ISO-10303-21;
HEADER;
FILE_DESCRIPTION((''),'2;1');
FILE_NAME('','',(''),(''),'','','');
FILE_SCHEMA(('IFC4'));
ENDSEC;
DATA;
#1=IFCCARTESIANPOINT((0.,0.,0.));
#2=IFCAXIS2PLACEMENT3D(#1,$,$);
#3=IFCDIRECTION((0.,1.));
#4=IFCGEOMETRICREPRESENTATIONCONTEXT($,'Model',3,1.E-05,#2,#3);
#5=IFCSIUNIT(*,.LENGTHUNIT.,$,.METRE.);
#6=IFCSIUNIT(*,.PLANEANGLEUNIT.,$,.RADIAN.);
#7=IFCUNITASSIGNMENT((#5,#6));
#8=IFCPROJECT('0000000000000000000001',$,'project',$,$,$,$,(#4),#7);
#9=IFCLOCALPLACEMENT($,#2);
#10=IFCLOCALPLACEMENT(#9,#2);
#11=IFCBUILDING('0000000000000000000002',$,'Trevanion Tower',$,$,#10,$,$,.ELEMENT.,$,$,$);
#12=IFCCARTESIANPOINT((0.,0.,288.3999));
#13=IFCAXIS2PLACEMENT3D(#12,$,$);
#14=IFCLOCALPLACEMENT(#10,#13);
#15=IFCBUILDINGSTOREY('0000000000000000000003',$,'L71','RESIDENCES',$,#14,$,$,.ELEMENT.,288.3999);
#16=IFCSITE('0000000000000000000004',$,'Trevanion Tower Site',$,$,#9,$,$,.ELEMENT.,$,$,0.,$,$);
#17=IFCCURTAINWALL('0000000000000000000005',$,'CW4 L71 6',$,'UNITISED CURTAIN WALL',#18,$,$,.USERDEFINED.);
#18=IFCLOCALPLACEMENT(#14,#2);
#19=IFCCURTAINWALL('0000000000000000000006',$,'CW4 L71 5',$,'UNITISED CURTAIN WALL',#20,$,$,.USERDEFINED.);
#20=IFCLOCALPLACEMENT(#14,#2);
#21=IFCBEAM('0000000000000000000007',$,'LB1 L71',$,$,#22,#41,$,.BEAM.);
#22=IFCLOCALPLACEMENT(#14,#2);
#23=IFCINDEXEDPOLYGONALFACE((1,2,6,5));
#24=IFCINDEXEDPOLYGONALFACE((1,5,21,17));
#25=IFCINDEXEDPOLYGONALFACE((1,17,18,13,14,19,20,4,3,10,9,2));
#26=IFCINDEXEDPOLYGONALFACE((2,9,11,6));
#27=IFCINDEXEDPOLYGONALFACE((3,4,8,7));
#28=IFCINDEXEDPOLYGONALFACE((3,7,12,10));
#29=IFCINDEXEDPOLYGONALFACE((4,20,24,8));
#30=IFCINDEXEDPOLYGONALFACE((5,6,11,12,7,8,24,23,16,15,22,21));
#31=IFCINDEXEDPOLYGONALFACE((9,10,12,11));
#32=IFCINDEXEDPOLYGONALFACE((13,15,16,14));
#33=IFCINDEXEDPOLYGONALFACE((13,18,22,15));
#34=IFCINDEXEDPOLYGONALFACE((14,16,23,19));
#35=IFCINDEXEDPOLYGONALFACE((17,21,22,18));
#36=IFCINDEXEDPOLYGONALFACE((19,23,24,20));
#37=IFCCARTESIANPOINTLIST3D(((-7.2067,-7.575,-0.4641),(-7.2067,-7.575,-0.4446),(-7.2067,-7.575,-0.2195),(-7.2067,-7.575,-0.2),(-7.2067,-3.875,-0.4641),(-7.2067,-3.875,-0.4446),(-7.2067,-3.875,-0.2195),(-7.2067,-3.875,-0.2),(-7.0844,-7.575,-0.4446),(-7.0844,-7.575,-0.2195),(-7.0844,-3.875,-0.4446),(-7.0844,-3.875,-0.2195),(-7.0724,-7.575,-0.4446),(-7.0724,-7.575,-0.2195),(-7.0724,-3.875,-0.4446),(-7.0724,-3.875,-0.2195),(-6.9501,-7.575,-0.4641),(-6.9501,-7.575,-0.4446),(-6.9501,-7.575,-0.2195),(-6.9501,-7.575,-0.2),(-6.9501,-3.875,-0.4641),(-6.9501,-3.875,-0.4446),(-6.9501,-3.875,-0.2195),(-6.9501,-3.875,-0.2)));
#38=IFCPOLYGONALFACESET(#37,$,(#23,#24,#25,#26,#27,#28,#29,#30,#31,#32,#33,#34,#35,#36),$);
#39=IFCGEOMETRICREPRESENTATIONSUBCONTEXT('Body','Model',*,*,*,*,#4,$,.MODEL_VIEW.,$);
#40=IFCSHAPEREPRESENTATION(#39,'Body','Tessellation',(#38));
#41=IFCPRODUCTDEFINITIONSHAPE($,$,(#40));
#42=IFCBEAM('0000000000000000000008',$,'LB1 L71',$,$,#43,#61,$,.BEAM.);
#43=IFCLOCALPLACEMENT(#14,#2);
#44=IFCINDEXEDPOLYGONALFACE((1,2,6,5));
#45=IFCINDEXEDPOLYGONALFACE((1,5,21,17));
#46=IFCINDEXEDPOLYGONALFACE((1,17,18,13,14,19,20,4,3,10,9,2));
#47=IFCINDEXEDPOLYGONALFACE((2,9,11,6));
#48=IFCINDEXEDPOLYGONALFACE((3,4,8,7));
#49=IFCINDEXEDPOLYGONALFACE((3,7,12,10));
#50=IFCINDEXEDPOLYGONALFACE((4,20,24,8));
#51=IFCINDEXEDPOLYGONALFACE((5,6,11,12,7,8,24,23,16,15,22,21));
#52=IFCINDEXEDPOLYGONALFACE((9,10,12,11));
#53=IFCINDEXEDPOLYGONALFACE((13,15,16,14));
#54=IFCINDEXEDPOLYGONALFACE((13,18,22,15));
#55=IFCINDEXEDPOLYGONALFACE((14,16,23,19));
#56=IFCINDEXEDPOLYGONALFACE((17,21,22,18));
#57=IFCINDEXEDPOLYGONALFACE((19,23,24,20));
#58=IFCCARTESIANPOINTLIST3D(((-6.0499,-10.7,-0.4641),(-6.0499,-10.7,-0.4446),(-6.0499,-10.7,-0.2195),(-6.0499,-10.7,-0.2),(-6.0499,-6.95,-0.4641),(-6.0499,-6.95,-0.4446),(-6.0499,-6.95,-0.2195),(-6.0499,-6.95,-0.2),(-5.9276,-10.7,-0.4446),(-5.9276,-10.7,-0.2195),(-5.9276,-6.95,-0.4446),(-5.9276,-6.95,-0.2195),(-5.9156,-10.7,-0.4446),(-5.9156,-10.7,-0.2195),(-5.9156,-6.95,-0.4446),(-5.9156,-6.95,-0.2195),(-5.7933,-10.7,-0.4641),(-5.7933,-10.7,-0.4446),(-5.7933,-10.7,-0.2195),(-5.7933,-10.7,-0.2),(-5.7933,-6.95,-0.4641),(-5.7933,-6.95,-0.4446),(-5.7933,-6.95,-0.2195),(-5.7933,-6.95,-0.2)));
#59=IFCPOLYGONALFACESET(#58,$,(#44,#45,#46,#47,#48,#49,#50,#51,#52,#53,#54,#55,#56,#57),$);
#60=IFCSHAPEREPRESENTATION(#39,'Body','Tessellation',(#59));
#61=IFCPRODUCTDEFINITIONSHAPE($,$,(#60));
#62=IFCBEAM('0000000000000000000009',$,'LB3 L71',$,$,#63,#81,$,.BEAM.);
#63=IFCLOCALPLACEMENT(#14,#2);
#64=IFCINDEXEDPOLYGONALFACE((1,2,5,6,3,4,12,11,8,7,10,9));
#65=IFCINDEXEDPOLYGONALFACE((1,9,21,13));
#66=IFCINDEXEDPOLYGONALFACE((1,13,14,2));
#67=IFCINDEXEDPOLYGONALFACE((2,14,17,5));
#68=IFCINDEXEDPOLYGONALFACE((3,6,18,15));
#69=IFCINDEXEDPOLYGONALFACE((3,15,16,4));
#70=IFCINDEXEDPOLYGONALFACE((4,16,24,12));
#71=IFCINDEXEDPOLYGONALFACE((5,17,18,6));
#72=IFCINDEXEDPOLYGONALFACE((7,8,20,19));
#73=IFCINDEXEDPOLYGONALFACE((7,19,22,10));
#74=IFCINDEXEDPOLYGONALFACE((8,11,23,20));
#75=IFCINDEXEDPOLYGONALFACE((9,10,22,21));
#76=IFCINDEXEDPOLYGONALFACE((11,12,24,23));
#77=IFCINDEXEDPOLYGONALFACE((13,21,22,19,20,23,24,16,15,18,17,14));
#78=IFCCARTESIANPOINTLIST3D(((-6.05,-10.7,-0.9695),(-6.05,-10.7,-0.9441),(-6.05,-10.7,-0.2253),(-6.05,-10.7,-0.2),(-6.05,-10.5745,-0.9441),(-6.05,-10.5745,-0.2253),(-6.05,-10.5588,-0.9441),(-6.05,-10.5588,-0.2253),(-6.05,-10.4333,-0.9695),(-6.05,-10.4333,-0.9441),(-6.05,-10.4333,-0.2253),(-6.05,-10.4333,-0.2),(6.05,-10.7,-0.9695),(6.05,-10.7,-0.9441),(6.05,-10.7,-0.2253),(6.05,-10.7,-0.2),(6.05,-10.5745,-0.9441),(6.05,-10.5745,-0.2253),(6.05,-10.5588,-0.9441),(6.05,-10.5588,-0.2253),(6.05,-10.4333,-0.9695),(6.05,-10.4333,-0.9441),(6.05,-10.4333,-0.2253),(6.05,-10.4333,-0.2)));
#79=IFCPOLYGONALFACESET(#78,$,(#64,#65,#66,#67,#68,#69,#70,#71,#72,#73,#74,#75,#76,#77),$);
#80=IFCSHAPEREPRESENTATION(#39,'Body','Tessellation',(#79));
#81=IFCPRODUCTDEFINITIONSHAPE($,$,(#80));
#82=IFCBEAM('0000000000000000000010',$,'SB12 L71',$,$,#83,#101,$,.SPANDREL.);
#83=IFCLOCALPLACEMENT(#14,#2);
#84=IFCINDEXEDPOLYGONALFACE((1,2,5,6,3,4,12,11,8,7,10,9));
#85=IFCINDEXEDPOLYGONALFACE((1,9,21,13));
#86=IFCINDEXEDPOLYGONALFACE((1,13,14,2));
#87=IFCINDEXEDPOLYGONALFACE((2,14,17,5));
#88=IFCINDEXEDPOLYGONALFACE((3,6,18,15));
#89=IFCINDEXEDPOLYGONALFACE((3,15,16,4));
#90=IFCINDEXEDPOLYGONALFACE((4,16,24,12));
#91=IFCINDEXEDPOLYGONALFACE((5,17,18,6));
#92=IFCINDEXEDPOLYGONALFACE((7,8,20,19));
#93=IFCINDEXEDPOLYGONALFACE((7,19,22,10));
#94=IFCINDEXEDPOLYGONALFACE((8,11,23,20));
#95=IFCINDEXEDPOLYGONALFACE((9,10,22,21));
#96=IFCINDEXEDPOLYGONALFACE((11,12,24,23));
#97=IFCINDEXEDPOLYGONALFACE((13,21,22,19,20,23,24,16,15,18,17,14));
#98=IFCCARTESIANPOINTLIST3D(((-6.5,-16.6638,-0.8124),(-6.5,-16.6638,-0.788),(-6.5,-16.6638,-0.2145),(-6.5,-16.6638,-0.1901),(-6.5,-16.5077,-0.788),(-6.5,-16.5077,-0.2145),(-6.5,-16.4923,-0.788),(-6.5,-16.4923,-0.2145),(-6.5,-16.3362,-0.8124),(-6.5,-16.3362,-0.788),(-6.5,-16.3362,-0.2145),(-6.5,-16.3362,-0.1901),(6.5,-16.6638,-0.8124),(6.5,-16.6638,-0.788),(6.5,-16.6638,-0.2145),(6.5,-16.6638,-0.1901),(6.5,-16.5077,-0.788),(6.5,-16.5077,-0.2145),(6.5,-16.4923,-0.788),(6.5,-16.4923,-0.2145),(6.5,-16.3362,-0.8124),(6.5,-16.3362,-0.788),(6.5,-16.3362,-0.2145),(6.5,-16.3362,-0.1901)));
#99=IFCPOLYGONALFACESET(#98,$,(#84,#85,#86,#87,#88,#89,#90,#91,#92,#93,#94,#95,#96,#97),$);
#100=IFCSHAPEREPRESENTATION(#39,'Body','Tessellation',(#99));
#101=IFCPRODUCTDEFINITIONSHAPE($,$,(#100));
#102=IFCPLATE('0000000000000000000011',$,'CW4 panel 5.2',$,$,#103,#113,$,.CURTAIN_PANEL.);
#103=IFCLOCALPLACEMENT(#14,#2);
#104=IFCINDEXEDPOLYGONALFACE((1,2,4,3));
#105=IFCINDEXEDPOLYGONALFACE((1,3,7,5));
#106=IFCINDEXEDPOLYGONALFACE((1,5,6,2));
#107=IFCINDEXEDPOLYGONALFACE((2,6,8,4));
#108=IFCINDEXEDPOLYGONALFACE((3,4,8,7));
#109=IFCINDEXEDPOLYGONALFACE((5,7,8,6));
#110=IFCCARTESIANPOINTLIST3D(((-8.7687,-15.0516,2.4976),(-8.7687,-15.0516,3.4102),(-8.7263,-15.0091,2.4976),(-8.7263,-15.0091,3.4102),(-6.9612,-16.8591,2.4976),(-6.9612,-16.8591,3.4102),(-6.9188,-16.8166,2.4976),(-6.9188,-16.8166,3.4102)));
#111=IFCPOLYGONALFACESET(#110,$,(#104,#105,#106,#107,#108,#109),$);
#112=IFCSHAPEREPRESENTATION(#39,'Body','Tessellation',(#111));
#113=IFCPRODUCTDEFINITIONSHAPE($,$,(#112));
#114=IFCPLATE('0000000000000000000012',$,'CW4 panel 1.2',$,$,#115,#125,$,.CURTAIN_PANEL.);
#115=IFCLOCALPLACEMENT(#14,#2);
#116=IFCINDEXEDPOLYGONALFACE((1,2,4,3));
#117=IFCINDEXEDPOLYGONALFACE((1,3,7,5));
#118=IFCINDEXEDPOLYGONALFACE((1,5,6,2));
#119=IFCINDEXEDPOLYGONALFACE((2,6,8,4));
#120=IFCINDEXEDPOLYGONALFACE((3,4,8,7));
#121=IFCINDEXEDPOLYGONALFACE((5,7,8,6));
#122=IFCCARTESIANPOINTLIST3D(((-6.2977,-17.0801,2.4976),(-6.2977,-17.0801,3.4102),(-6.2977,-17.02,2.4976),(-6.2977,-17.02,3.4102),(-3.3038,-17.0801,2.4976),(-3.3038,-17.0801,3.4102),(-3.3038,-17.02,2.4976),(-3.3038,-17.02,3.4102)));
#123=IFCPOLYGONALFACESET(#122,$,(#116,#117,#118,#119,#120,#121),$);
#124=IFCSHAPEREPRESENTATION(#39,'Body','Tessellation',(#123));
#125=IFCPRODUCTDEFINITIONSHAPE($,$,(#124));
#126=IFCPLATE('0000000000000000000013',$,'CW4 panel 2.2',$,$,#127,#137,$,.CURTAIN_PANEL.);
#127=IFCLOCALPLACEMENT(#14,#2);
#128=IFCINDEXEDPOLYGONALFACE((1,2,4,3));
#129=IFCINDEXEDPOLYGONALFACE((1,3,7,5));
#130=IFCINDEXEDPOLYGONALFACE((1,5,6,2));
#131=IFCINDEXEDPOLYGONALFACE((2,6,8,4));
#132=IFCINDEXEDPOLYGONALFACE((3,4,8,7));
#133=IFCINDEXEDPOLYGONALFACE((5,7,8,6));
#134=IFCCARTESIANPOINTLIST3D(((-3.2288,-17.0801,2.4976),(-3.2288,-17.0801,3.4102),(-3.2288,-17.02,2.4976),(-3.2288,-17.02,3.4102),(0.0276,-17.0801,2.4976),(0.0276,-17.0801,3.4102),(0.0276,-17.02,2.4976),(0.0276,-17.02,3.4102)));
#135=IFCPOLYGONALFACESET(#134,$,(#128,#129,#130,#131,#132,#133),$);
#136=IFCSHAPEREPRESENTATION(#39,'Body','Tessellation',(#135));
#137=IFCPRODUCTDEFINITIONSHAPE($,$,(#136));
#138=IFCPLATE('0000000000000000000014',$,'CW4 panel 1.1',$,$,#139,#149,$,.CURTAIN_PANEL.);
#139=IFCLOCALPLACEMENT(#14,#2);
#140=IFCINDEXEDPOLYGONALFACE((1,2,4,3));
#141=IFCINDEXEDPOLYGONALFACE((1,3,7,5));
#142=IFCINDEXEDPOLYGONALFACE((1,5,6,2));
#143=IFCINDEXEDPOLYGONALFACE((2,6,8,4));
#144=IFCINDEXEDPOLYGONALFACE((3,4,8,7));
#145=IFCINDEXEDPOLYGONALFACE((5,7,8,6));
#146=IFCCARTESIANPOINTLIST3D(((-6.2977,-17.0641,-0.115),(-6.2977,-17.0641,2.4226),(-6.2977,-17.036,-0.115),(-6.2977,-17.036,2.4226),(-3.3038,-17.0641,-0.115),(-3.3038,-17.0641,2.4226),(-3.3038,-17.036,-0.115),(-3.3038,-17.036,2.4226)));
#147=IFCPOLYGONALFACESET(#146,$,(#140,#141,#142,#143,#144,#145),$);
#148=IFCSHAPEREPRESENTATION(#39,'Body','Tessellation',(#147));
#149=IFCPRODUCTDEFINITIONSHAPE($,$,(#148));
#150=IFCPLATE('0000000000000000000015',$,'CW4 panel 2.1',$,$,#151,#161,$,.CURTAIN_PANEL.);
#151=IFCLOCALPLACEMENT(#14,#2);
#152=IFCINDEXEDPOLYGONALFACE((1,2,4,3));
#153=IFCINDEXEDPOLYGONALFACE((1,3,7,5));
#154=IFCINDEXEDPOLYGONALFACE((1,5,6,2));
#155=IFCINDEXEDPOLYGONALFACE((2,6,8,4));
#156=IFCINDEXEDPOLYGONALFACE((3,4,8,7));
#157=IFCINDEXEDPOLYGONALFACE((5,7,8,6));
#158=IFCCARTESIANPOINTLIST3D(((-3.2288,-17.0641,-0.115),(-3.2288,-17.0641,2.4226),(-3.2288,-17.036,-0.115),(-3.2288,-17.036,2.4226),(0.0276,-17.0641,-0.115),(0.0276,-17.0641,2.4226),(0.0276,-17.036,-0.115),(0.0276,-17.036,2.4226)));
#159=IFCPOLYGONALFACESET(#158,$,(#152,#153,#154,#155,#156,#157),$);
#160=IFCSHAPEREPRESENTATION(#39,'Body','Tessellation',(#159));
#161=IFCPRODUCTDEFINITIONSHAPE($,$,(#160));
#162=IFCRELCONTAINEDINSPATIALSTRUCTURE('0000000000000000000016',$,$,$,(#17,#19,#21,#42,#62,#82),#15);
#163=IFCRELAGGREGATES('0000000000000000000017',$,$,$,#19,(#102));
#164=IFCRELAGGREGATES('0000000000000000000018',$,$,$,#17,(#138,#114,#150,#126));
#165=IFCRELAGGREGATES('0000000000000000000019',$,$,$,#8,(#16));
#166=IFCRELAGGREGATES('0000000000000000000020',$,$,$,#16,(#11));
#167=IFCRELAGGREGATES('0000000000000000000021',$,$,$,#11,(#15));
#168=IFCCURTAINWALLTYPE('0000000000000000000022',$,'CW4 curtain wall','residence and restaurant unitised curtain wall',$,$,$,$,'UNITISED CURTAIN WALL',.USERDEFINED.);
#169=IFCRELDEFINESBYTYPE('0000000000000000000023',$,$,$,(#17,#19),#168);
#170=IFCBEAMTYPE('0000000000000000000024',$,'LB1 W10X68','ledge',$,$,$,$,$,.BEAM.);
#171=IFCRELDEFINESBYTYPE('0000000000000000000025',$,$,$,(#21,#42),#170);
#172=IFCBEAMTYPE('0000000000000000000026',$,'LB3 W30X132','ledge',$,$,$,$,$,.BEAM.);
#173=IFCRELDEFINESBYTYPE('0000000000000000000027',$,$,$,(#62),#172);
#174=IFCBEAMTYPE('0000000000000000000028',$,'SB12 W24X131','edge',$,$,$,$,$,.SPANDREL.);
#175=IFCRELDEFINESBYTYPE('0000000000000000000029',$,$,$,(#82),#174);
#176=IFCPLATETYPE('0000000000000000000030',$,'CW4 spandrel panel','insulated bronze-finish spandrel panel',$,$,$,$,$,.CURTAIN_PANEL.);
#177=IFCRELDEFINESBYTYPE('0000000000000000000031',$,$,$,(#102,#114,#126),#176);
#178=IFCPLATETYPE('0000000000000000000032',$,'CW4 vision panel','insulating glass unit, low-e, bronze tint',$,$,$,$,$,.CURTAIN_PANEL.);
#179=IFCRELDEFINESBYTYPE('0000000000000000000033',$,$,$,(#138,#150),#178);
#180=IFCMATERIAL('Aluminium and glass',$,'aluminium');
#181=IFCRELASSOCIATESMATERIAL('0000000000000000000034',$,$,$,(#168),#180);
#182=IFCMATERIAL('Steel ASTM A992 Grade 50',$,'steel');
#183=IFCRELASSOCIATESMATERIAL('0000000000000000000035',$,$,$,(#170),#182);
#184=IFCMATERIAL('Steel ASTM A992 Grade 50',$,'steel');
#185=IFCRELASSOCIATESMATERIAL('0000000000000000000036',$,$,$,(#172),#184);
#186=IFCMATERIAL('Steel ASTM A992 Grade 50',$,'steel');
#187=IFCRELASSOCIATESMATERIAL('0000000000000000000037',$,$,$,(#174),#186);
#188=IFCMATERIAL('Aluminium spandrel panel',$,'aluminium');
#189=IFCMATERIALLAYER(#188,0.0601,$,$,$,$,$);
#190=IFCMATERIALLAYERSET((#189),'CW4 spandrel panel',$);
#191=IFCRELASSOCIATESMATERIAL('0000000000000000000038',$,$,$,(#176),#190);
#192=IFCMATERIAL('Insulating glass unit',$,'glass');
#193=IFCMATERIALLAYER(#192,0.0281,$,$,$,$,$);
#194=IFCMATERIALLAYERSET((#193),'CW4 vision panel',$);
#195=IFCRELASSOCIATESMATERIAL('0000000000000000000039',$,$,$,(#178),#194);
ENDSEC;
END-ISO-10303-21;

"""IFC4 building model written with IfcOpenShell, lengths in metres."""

from ifc_helpers import new_model, si_unit, direction, frame, origin, origin_2d, place, context, subcontext, project, spatial, rectangle, i_section, extrude, material, layer, layer_set, material_profile, profile_set, type_object, element, aggregate, save


model = new_model("IFC4")

# Units and contexts
model_context = context("Model", 3, precision=1e-05, world=origin(), true_north=direction((0.0, 1.0)))
body_context = subcontext(model_context, "Body", "Model", "MODEL_VIEW")
ifc_project = project(units=[si_unit("LENGTHUNIT", "METRE"), si_unit("PLANEANGLEUNIT", "RADIAN")], contexts=[model_context])

# Site, building, storey
site_placement = place(None, origin())
site = spatial("IfcSite", under=ifc_project, at=site_placement, Name="Trevanion Tower Site", CompositionType="ELEMENT", RefElevation=0.0)
building_placement = place(site_placement, origin())
building = spatial("IfcBuilding", under=site, at=building_placement, Name="Trevanion Tower", CompositionType="ELEMENT")
storey_placement = place(building_placement, frame((0.0, 0.0, 288.3999)))
storey = spatial("IfcBuildingStorey", under=building, at=storey_placement, Name="L71", Description="RESIDENCES", CompositionType="ELEMENT", Elevation=288.3999)

# Curtain walls
ifc_material_1 = material(Name="Aluminium and glass", Category="aluminium")
curtain_wall_type = type_object("IfcCurtainWallType", Name="CW4 curtain wall", Description="residence and restaurant unitised curtain wall", ElementType="UNITISED CURTAIN WALL", PredefinedType="USERDEFINED", material=ifc_material_1)
curtain_wall_1_placement = place(storey_placement, origin())
curtain_wall_1 = element("IfcCurtainWall", 1, at=curtain_wall_1_placement, inside=storey, type_object=curtain_wall_type, Name="CW4 L71 6", ObjectType="UNITISED CURTAIN WALL", PredefinedType="USERDEFINED")
curtain_wall_2_placement = place(storey_placement, origin())
curtain_wall_2 = element("IfcCurtainWall", 2, at=curtain_wall_2_placement, inside=storey, type_object=curtain_wall_type, Name="CW4 L71 5", ObjectType="UNITISED CURTAIN WALL", PredefinedType="USERDEFINED")

# Beams
ifc_material_2 = material(Name="Steel ASTM A992 Grade 50", Category="steel")
ifc_material_profile_1 = material_profile(ifc_material_2, i_section(OverallWidth=0.2566, OverallDepth=0.2642, WebThickness=0.012, FlangeThickness=0.0195, at=origin_2d()), Name="W10X68")
ifc_profile_set_1 = profile_set([ifc_material_profile_1], Name="Steel ASTM A992 Grade 50")
beam_type_1 = type_object("IfcBeamType", Name="LB1 W10X68", Description="ledge", PredefinedType="BEAM", material=ifc_profile_set_1)
beam_1_placement = place(storey_placement, frame((-7.0784, -7.575, -0.332), z_axis=(0.0, 1.0, 0.0), x_axis=(-1.0, 0.0, 0.0)))
element("IfcBeam", 3, at=beam_1_placement, inside=storey, type_object=beam_type_1, Name="LB1 L71", PredefinedType="BEAM", context=body_context, shape_type="SweptSolid", body=[
    extrude(i_section(OverallWidth=0.2566, OverallDepth=0.2642, WebThickness=0.012, FlangeThickness=0.0195, at=origin_2d()), origin(), (0.0, 0.0, 1.0), 3.7),
])
beam_2_placement = place(storey_placement, frame((-5.9216, -10.7, -0.332), z_axis=(0.0, 1.0, 0.0), x_axis=(-1.0, 0.0, 0.0)))
element("IfcBeam", 4, at=beam_2_placement, inside=storey, type_object=beam_type_1, Name="LB1 L71", PredefinedType="BEAM", context=body_context, shape_type="SweptSolid", body=[
    extrude(i_section(OverallWidth=0.2566, OverallDepth=0.2642, WebThickness=0.012, FlangeThickness=0.0195, at=origin_2d()), origin(), (0.0, 0.0, 1.0), 3.75),
])
ifc_material_3 = material(Name="Steel ASTM A992 Grade 50", Category="steel")
ifc_material_profile_2 = material_profile(ifc_material_3, i_section(OverallWidth=0.2666, OverallDepth=0.7695, WebThickness=0.0156, FlangeThickness=0.0254, at=origin_2d()), Name="W30X132")
ifc_profile_set_2 = profile_set([ifc_material_profile_2], Name="Steel ASTM A992 Grade 50")
beam_type_2 = type_object("IfcBeamType", Name="LB3 W30X132", Description="ledge", PredefinedType="BEAM", material=ifc_profile_set_2)
beam_3_placement = place(storey_placement, frame((-6.05, -10.5667, -0.5847), z_axis=(1.0, 0.0, 0.0), x_axis=(0.0, 1.0, 0.0)))
element("IfcBeam", 5, at=beam_3_placement, inside=storey, type_object=beam_type_2, Name="LB3 L71", PredefinedType="BEAM", context=body_context, shape_type="SweptSolid", body=[
    extrude(i_section(OverallWidth=0.2666, OverallDepth=0.7695, WebThickness=0.0156, FlangeThickness=0.0254, at=origin_2d()), origin(), (0.0, 0.0, 1.0), 12.1001),
])
ifc_material_4 = material(Name="Steel ASTM A992 Grade 50", Category="steel")
ifc_material_profile_3 = material_profile(ifc_material_4, i_section(OverallWidth=0.3276, OverallDepth=0.6223, WebThickness=0.0154, FlangeThickness=0.0244, at=origin_2d()), Name="W24X131")
ifc_profile_set_3 = profile_set([ifc_material_profile_3], Name="Steel ASTM A992 Grade 50")
beam_type_3 = type_object("IfcBeamType", Name="SB12 W24X131", Description="edge", PredefinedType="SPANDREL", material=ifc_profile_set_3)
beam_4_placement = place(storey_placement, frame((-6.5, -16.5, -0.5012), z_axis=(1.0, 0.0, 0.0), x_axis=(0.0, 1.0, 0.0)))
element("IfcBeam", 6, at=beam_4_placement, inside=storey, type_object=beam_type_3, Name="SB12 L71", PredefinedType="SPANDREL", context=body_context, shape_type="SweptSolid", body=[
    extrude(i_section(OverallWidth=0.3276, OverallDepth=0.6223, WebThickness=0.0154, FlangeThickness=0.0244, at=origin_2d()), origin(), (0.0, 0.0, 1.0), 13.0),
])

# Plates
ifc_material_5 = material(Name="Aluminium spandrel panel", Category="aluminium")
ifc_layer_1 = layer(ifc_material_5, 0.0601)
ifc_layer_set_1 = layer_set([ifc_layer_1], Name="CW4 spandrel panel")
plate_type_1 = type_object("IfcPlateType", Name="CW4 spandrel panel", Description="insulated bronze-finish spandrel panel", PredefinedType="CURTAIN_PANEL", material=ifc_layer_set_1)
plate_1_placement = place(storey_placement, frame((-7.8438, -15.9341, 2.4976), z_axis=(0.0, 0.0, 1.0), x_axis=(0.707107, -0.707107, 0.0)))
plate_1 = element("IfcPlate", 7, at=plate_1_placement, type_object=plate_type_1, Name="CW4 panel 5.2", PredefinedType="CURTAIN_PANEL", context=body_context, shape_type="SweptSolid", body=[
    extrude(rectangle(XDim=2.5562, YDim=0.0601, at=origin_2d()), origin(), (0.0, 0.0, 1.0), 0.9126),
])
aggregate(curtain_wall_2, [plate_1])
plate_2_placement = place(storey_placement, frame((-4.8008, -17.05, 2.4976), z_axis=(0.0, 0.0, 1.0), x_axis=(1.0, 0.0, 0.0)))
plate_2 = element("IfcPlate", 8, at=plate_2_placement, type_object=plate_type_1, Name="CW4 panel 1.2", PredefinedType="CURTAIN_PANEL", context=body_context, shape_type="SweptSolid", body=[
    extrude(rectangle(XDim=2.9939, YDim=0.0601, at=origin_2d()), origin(), (0.0, 0.0, 1.0), 0.9126),
])
plate_3_placement = place(storey_placement, frame((-1.6006, -17.05, 2.4976), z_axis=(0.0, 0.0, 1.0), x_axis=(1.0, 0.0, 0.0)))
plate_3 = element("IfcPlate", 9, at=plate_3_placement, type_object=plate_type_1, Name="CW4 panel 2.2", PredefinedType="CURTAIN_PANEL", context=body_context, shape_type="SweptSolid", body=[
    extrude(rectangle(XDim=3.2563, YDim=0.0601, at=origin_2d()), origin(), (0.0, 0.0, 1.0), 0.9126),
])
ifc_material_6 = material(Name="Insulating glass unit", Category="glass")
ifc_layer_2 = layer(ifc_material_6, 0.0281)
ifc_layer_set_2 = layer_set([ifc_layer_2], Name="CW4 vision panel")
plate_type_2 = type_object("IfcPlateType", Name="CW4 vision panel", Description="insulating glass unit, low-e, bronze tint", PredefinedType="CURTAIN_PANEL", material=ifc_layer_set_2)
plate_4_placement = place(storey_placement, frame((-4.8008, -17.05, -0.115), z_axis=(0.0, 0.0, 1.0), x_axis=(1.0, 0.0, 0.0)))
plate_4 = element("IfcPlate", 10, at=plate_4_placement, type_object=plate_type_2, Name="CW4 panel 1.1", PredefinedType="CURTAIN_PANEL", context=body_context, shape_type="SweptSolid", body=[
    extrude(rectangle(XDim=2.9939, YDim=0.0281, at=origin_2d()), origin(), (0.0, 0.0, 1.0), 2.5376),
])
plate_5_placement = place(storey_placement, frame((-1.6006, -17.05, -0.115), z_axis=(0.0, 0.0, 1.0), x_axis=(1.0, 0.0, 0.0)))
plate_5 = element("IfcPlate", 11, at=plate_5_placement, type_object=plate_type_2, Name="CW4 panel 2.1", PredefinedType="CURTAIN_PANEL", context=body_context, shape_type="SweptSolid", body=[
    extrude(rectangle(XDim=3.2563, YDim=0.0281, at=origin_2d()), origin(), (0.0, 0.0, 1.0), 2.5376),
])
aggregate(curtain_wall_1, [plate_4, plate_2, plate_5, plate_3])

save(model, "model.ifc")
